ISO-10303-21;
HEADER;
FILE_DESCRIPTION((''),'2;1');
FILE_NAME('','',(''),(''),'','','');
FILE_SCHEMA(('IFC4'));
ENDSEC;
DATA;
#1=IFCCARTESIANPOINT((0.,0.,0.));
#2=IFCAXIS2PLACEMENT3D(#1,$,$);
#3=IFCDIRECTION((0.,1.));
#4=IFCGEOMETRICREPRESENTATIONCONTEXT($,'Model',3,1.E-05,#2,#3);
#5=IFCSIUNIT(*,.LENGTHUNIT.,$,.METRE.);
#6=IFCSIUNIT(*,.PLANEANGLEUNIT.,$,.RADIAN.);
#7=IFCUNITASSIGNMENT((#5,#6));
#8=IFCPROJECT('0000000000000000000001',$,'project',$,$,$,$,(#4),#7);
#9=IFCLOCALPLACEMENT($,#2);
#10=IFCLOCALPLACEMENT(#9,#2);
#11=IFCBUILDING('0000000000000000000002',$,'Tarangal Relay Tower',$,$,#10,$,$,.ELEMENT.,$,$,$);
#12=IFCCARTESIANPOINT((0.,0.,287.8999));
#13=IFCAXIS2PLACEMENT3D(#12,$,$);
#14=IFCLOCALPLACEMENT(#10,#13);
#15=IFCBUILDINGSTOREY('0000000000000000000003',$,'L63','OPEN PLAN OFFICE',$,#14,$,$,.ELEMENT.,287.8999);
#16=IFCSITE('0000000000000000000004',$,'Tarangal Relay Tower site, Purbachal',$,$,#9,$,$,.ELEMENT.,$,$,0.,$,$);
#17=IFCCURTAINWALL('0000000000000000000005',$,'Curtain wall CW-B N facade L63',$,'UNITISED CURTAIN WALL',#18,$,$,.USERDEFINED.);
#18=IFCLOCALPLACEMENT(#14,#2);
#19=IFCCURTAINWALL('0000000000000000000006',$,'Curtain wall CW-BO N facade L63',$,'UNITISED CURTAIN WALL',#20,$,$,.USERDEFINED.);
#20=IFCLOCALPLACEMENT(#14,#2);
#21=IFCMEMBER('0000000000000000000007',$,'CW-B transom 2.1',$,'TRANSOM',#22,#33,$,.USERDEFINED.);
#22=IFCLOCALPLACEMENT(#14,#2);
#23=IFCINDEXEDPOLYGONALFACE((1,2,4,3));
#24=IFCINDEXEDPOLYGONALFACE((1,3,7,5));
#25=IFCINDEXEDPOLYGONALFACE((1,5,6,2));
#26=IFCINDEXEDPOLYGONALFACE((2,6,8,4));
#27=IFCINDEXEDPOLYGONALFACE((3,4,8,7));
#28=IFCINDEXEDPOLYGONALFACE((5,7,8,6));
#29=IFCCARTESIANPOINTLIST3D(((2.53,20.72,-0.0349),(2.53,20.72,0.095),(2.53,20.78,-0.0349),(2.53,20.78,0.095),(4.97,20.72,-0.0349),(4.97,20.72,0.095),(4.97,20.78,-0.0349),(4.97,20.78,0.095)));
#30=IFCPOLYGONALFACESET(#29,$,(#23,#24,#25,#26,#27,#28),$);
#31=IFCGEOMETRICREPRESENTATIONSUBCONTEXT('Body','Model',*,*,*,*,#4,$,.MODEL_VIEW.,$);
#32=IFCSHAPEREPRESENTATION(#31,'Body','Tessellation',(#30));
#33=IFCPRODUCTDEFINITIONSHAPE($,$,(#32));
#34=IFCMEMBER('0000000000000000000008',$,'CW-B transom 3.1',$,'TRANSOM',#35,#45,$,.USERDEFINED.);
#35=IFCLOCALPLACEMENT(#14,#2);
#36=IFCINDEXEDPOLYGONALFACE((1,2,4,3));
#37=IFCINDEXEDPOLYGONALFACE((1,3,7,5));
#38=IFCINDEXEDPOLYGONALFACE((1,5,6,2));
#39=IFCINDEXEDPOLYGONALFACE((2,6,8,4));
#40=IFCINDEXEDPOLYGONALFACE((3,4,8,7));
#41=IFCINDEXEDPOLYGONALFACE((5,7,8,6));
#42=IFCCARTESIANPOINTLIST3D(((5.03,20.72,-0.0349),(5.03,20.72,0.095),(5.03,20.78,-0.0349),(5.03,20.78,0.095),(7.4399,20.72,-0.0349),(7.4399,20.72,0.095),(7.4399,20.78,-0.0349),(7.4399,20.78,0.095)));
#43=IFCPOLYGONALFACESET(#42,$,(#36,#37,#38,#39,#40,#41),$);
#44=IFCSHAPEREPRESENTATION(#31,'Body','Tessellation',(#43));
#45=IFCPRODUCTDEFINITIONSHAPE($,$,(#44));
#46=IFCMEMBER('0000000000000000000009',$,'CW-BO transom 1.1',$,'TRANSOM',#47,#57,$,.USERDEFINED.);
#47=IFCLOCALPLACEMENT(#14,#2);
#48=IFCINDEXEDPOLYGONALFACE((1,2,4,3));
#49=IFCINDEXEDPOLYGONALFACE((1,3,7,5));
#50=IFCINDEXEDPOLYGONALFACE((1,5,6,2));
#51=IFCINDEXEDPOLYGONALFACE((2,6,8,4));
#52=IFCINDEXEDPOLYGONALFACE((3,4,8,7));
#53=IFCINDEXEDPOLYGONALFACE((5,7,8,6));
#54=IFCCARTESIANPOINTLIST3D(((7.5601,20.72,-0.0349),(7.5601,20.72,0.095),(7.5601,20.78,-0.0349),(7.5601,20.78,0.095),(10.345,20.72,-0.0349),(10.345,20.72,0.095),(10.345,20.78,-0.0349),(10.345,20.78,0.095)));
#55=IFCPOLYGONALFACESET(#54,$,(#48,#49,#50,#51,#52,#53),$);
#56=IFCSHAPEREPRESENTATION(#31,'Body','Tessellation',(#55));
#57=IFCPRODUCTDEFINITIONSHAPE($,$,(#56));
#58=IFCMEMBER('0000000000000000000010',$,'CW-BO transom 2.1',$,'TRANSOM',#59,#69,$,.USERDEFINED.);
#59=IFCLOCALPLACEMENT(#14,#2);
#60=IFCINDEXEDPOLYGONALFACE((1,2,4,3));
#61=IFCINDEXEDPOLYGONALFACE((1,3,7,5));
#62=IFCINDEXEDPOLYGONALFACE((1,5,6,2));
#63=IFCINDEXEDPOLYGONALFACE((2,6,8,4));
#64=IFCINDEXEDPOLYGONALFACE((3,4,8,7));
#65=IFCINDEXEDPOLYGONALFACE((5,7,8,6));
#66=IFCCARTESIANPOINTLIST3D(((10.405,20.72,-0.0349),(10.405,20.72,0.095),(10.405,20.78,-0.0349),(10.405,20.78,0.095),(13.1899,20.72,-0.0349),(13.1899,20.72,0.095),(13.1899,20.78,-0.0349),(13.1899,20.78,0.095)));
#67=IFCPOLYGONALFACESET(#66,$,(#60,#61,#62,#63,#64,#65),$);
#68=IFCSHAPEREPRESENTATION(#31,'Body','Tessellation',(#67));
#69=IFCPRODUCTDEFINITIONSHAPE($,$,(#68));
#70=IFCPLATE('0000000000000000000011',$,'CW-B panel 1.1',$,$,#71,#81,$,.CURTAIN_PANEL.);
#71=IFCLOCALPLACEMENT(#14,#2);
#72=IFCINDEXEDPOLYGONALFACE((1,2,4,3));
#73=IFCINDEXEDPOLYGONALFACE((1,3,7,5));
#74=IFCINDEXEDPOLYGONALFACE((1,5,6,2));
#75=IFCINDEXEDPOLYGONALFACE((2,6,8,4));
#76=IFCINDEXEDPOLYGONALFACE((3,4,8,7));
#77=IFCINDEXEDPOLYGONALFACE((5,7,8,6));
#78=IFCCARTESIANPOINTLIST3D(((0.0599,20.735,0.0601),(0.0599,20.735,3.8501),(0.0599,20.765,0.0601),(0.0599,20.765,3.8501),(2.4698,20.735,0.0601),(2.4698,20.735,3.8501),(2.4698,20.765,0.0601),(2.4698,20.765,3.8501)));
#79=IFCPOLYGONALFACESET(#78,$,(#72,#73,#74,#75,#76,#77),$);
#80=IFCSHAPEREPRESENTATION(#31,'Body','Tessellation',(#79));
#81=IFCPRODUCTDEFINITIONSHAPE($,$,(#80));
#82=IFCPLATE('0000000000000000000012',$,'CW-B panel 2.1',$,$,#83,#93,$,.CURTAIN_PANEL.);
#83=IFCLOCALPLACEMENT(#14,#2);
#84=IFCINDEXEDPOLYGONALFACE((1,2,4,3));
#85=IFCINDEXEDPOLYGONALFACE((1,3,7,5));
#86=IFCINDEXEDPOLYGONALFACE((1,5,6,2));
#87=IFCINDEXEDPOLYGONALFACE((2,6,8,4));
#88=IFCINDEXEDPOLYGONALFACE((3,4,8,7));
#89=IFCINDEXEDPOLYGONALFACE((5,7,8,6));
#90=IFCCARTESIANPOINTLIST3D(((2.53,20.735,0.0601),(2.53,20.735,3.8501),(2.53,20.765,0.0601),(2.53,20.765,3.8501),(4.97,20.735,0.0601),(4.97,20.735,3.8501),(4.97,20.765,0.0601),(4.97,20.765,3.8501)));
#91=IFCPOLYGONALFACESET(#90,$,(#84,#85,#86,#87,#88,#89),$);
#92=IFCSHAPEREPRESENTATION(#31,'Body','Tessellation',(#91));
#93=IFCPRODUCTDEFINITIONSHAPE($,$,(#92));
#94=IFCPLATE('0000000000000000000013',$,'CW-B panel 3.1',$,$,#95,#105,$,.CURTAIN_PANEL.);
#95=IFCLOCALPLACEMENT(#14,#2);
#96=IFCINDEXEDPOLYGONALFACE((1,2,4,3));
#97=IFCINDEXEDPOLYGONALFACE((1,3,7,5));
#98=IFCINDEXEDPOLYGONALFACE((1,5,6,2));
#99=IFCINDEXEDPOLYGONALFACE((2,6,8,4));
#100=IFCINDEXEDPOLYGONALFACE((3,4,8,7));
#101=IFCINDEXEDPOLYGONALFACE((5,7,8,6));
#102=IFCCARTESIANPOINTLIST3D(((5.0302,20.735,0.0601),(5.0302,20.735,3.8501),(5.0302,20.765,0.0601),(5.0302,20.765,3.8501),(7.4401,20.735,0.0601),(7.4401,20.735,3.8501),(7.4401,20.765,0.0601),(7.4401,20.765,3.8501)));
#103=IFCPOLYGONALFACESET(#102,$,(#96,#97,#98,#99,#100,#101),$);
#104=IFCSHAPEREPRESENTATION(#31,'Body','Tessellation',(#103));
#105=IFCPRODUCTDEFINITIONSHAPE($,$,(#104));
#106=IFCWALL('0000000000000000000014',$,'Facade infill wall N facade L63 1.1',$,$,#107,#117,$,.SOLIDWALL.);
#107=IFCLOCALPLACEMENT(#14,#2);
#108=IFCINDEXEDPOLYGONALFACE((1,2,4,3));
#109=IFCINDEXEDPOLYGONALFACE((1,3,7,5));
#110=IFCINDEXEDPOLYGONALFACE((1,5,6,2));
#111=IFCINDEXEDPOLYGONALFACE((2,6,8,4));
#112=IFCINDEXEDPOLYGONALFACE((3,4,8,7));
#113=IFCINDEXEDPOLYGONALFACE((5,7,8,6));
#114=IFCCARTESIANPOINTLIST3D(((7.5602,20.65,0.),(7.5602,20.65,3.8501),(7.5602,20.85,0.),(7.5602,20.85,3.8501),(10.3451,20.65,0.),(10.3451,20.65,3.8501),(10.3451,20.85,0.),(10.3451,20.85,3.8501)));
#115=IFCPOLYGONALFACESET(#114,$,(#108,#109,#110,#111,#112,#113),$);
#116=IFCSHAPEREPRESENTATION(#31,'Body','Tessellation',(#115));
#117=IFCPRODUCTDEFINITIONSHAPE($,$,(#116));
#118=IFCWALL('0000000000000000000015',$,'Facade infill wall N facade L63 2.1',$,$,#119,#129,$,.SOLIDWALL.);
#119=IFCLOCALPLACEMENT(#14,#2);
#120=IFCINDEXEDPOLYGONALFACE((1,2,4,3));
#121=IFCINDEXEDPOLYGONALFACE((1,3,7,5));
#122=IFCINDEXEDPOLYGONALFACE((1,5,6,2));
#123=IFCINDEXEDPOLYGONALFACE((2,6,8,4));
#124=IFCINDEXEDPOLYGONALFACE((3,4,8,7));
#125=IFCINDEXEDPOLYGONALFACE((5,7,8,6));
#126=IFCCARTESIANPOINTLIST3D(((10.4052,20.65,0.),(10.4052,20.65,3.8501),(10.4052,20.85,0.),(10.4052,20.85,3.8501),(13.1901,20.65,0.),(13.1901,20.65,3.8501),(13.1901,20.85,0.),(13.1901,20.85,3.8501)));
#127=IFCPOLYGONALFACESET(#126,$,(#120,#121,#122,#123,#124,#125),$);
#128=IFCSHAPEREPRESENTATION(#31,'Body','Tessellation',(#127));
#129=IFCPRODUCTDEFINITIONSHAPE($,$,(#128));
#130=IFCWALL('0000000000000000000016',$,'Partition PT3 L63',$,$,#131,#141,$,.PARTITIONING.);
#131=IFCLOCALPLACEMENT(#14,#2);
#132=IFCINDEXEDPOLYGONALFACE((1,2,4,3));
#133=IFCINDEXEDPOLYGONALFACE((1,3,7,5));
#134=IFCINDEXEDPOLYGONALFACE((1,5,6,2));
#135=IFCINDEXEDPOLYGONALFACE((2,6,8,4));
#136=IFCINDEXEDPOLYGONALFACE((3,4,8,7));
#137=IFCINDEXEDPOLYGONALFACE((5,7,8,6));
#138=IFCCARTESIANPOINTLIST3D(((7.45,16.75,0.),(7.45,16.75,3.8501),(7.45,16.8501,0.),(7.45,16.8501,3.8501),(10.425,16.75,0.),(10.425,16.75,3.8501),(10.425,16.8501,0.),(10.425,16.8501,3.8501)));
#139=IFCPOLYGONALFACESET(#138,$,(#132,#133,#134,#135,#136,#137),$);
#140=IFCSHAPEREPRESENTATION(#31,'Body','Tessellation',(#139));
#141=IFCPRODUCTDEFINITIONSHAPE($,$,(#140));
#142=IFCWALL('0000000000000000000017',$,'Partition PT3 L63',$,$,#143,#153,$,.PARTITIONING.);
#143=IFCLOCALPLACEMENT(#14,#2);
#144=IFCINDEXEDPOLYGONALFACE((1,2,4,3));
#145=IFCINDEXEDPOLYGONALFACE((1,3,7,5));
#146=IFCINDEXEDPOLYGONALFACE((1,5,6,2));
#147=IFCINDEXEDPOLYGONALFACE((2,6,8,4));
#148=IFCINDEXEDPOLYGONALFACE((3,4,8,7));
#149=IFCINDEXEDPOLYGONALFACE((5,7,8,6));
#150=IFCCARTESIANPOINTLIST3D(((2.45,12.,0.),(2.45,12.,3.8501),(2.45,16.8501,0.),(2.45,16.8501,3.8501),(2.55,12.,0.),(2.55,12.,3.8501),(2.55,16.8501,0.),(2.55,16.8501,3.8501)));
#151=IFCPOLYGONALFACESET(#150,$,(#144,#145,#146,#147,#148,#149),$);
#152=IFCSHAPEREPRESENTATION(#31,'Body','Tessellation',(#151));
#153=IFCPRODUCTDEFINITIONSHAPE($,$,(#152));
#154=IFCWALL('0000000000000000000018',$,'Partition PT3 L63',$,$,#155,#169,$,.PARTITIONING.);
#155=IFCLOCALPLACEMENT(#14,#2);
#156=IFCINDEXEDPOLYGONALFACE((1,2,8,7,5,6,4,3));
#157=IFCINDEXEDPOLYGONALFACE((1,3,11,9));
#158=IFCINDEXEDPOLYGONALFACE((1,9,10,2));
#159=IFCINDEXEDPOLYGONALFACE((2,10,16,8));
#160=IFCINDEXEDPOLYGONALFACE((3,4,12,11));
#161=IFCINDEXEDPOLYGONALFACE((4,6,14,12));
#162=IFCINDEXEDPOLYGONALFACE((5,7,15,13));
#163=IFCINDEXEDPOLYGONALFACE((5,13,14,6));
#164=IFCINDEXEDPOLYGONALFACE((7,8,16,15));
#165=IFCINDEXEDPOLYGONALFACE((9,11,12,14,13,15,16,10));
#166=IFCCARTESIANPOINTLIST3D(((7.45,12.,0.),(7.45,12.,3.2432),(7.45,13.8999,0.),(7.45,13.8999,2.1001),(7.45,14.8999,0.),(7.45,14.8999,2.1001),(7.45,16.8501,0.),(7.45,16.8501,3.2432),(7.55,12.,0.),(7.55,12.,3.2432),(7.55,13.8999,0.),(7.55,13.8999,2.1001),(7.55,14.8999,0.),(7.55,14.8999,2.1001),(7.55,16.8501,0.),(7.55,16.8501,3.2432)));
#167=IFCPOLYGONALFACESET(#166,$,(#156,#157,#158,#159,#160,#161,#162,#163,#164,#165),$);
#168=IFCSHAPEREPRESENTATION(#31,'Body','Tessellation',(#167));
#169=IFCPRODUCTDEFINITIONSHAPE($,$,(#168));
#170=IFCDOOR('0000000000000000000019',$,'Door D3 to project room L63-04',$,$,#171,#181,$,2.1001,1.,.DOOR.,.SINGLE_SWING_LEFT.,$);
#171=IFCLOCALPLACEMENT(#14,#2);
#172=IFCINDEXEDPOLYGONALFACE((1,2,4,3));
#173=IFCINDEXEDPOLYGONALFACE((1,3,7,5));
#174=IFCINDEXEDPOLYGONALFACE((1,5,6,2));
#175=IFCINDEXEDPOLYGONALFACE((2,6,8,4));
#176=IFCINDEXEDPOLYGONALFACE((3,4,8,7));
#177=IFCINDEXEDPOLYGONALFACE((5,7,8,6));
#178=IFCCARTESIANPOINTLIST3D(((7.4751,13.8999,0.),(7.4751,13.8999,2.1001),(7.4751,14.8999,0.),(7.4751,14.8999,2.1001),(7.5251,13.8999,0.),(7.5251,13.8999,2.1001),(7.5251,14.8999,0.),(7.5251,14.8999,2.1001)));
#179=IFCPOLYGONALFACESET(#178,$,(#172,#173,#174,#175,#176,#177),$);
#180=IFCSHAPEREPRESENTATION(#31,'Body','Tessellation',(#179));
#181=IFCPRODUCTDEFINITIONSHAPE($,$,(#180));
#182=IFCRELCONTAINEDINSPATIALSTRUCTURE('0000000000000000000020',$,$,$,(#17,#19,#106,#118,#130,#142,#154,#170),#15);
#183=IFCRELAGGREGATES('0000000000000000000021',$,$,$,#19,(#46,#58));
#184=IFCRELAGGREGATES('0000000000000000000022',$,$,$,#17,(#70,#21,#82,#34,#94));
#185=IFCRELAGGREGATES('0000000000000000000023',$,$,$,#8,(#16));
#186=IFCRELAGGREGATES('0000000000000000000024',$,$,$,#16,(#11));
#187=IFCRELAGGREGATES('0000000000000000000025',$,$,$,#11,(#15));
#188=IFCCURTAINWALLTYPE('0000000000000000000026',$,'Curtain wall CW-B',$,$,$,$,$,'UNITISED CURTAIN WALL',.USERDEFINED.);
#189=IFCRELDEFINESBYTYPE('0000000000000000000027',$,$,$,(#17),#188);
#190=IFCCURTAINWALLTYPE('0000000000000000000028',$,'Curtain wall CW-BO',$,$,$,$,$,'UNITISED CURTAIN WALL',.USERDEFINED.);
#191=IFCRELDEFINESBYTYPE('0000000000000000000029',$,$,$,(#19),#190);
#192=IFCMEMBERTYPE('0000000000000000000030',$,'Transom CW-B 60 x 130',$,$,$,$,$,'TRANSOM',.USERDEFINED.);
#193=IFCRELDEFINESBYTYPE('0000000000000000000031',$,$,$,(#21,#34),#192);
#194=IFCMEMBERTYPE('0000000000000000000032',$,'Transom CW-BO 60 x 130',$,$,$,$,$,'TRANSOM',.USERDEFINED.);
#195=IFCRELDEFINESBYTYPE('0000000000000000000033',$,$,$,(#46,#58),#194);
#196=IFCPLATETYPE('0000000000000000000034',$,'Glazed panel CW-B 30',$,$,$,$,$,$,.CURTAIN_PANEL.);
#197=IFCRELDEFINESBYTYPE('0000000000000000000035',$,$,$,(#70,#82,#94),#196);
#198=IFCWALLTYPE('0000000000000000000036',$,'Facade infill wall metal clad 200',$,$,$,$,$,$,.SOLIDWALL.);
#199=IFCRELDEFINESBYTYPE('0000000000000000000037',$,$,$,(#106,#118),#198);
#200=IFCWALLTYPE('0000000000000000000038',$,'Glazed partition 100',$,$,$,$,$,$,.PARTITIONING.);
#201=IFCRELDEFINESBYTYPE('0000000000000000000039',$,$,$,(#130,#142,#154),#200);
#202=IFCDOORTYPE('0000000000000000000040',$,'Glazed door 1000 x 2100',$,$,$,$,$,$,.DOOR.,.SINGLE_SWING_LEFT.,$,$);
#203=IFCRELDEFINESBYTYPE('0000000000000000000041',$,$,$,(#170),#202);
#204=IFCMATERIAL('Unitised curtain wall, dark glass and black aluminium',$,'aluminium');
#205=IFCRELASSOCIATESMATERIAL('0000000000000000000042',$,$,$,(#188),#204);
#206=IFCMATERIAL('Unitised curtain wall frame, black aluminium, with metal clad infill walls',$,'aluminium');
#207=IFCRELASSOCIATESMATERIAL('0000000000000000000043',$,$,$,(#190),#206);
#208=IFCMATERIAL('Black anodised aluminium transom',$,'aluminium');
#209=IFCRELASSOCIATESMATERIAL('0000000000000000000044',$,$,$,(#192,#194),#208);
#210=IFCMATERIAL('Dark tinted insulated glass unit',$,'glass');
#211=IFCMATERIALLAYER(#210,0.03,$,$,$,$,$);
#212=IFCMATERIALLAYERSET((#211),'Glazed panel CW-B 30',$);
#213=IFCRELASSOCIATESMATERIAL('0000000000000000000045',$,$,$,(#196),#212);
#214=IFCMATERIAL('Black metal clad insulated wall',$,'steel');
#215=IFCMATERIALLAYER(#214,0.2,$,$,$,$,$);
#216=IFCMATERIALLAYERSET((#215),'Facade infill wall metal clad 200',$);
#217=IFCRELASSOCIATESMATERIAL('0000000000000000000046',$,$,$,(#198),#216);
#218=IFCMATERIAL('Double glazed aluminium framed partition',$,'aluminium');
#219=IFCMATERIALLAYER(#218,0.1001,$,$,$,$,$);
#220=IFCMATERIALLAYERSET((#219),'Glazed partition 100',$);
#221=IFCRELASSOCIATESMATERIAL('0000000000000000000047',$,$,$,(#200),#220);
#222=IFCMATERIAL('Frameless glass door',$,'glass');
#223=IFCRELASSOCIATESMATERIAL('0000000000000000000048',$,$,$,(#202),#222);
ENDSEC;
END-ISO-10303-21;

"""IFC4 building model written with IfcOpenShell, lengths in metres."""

from ifc_helpers import new_model, si_unit, direction, frame, frame_2d, origin, origin_2d, place, context, subcontext, project, spatial, rectangle, extrude, material, layer, layer_set, material_profile, profile_set, type_object, element, fill, aggregate, save


model = new_model("IFC4")

# Units and contexts
model_context = context("Model", 3, precision=1e-05, world=origin(), true_north=direction((0.0, 1.0)))
body_context = subcontext(model_context, "Body", "Model", "MODEL_VIEW")
ifc_project = project(units=[si_unit("LENGTHUNIT", "METRE"), si_unit("PLANEANGLEUNIT", "RADIAN")], contexts=[model_context])

# Site, building, storey
site_placement = place(None, origin())
site = spatial("IfcSite", under=ifc_project, at=site_placement, Name="Tarangal Relay Tower site, Purbachal", CompositionType="ELEMENT", RefElevation=0.0)
building_placement = place(site_placement, origin())
building = spatial("IfcBuilding", under=site, at=building_placement, Name="Tarangal Relay Tower", CompositionType="ELEMENT")
storey_placement = place(building_placement, frame((0.0, 0.0, 287.8999)))
storey = spatial("IfcBuildingStorey", under=building, at=storey_placement, Name="L63", Description="OPEN PLAN OFFICE", CompositionType="ELEMENT", Elevation=287.8999)

# Curtain walls
ifc_material_1 = material(Name="Unitised curtain wall, dark glass and black aluminium", Category="aluminium")
curtain_wall_type_1 = type_object("IfcCurtainWallType", Name="Curtain wall CW-B", ElementType="UNITISED CURTAIN WALL", PredefinedType="USERDEFINED", material=ifc_material_1)
curtain_wall_1_placement = place(storey_placement, origin())
curtain_wall_1 = element("IfcCurtainWall", 1, at=curtain_wall_1_placement, inside=storey, type_object=curtain_wall_type_1, Name="Curtain wall CW-B N facade L63", ObjectType="UNITISED CURTAIN WALL", PredefinedType="USERDEFINED")
ifc_material_2 = material(Name="Unitised curtain wall frame, black aluminium, with metal clad infill walls", Category="aluminium")
curtain_wall_type_2 = type_object("IfcCurtainWallType", Name="Curtain wall CW-BO", ElementType="UNITISED CURTAIN WALL", PredefinedType="USERDEFINED", material=ifc_material_2)
curtain_wall_2_placement = place(storey_placement, origin())
curtain_wall_2 = element("IfcCurtainWall", 2, at=curtain_wall_2_placement, inside=storey, type_object=curtain_wall_type_2, Name="Curtain wall CW-BO N facade L63", ObjectType="UNITISED CURTAIN WALL", PredefinedType="USERDEFINED")

# Members
ifc_material_3 = material(Name="Black anodised aluminium transom", Category="aluminium")
ifc_material_profile_1 = material_profile(ifc_material_3, rectangle(XDim=0.0601, YDim=0.1299, at=origin_2d()), Name="CW-BT 60X130")
ifc_profile_set_1 = profile_set([ifc_material_profile_1], Name="Black anodised aluminium transom")
member_type_1 = type_object("IfcMemberType", Name="Transom CW-B 60 x 130", ElementType="TRANSOM", PredefinedType="USERDEFINED", material=ifc_profile_set_1)
member_1_placement = place(storey_placement, frame((2.53, 20.75, 0.03), z_axis=(1.0, 0.0, 0.0), x_axis=(0.0, 1.0, 0.0)))
member_1 = element("IfcMember", 3, at=member_1_placement, type_object=member_type_1, Name="CW-B transom 2.1", ObjectType="TRANSOM", PredefinedType="USERDEFINED", context=body_context, shape_type="SweptSolid", body=[
    extrude(rectangle(XDim=0.0601, YDim=0.1299, at=origin_2d()), origin(), (0.0, 0.0, 1.0), 2.4399),
])
member_2_placement = place(storey_placement, frame((5.03, 20.75, 0.03), z_axis=(1.0, 0.0, 0.0), x_axis=(0.0, 1.0, 0.0)))
member_2 = element("IfcMember", 4, at=member_2_placement, type_object=member_type_1, Name="CW-B transom 3.1", ObjectType="TRANSOM", PredefinedType="USERDEFINED", context=body_context, shape_type="SweptSolid", body=[
    extrude(rectangle(XDim=0.0601, YDim=0.1299, at=origin_2d()), origin(), (0.0, 0.0, 1.0), 2.4099),
])
ifc_material_profile_2 = material_profile(ifc_material_3, rectangle(XDim=0.0601, YDim=0.1299, at=origin_2d()), Name="CW-BOT 60X130")
ifc_profile_set_2 = profile_set([ifc_material_profile_2], Name="Black anodised aluminium transom")
member_type_2 = type_object("IfcMemberType", Name="Transom CW-BO 60 x 130", ElementType="TRANSOM", PredefinedType="USERDEFINED", material=ifc_profile_set_2)
member_3_placement = place(storey_placement, frame((7.5601, 20.75, 0.03), z_axis=(1.0, 0.0, 0.0), x_axis=(0.0, 1.0, 0.0)))
member_3 = element("IfcMember", 5, at=member_3_placement, type_object=member_type_2, Name="CW-BO transom 1.1", ObjectType="TRANSOM", PredefinedType="USERDEFINED", context=body_context, shape_type="SweptSolid", body=[
    extrude(rectangle(XDim=0.0601, YDim=0.1299, at=origin_2d()), origin(), (0.0, 0.0, 1.0), 2.7849),
])
member_4_placement = place(storey_placement, frame((10.405, 20.75, 0.03), z_axis=(1.0, 0.0, 0.0), x_axis=(0.0, 1.0, 0.0)))
member_4 = element("IfcMember", 6, at=member_4_placement, type_object=member_type_2, Name="CW-BO transom 2.1", ObjectType="TRANSOM", PredefinedType="USERDEFINED", context=body_context, shape_type="SweptSolid", body=[
    extrude(rectangle(XDim=0.0601, YDim=0.1299, at=origin_2d()), origin(), (0.0, 0.0, 1.0), 2.7849),
])
aggregate(curtain_wall_2, [member_3, member_4])

# Plates
ifc_material_4 = material(Name="Dark tinted insulated glass unit", Category="glass")
ifc_layer_1 = layer(ifc_material_4, 0.03)
ifc_layer_set_1 = layer_set([ifc_layer_1], Name="Glazed panel CW-B 30")
plate_type = type_object("IfcPlateType", Name="Glazed panel CW-B 30", PredefinedType="CURTAIN_PANEL", material=ifc_layer_set_1)
plate_1_placement = place(storey_placement, frame((1.2649, 20.75, 0.0601), z_axis=(0.0, 0.0, 1.0), x_axis=(1.0, 0.0, 0.0)))
plate_1 = element("IfcPlate", 7, at=plate_1_placement, type_object=plate_type, Name="CW-B panel 1.1", PredefinedType="CURTAIN_PANEL", context=body_context, shape_type="SweptSolid", body=[
    extrude(rectangle(XDim=2.4099, YDim=0.03, at=origin_2d()), origin(), (0.0, 0.0, 1.0), 3.79),
])
plate_2_placement = place(storey_placement, frame((3.75, 20.75, 0.0601), z_axis=(0.0, 0.0, 1.0), x_axis=(1.0, 0.0, 0.0)))
plate_2 = element("IfcPlate", 8, at=plate_2_placement, type_object=plate_type, Name="CW-B panel 2.1", PredefinedType="CURTAIN_PANEL", context=body_context, shape_type="SweptSolid", body=[
    extrude(rectangle(XDim=2.4399, YDim=0.03, at=origin_2d()), origin(), (0.0, 0.0, 1.0), 3.79),
])
plate_3_placement = place(storey_placement, frame((6.2351, 20.75, 0.0601), z_axis=(0.0, 0.0, 1.0), x_axis=(1.0, 0.0, 0.0)))
plate_3 = element("IfcPlate", 9, at=plate_3_placement, type_object=plate_type, Name="CW-B panel 3.1", PredefinedType="CURTAIN_PANEL", context=body_context, shape_type="SweptSolid", body=[
    extrude(rectangle(XDim=2.4099, YDim=0.03, at=origin_2d()), origin(), (0.0, 0.0, 1.0), 3.79),
])
aggregate(curtain_wall_1, [plate_1, member_1, plate_2, member_2, plate_3])

# Walls
ifc_material_5 = material(Name="Black metal clad insulated wall", Category="steel")
ifc_layer_2 = layer(ifc_material_5, 0.2)
ifc_layer_set_2 = layer_set([ifc_layer_2], Name="Facade infill wall metal clad 200")
wall_type_1 = type_object("IfcWallType", Name="Facade infill wall metal clad 200", PredefinedType="SOLIDWALL", material=ifc_layer_set_2)
for number, where, z_axis, x_axis, name in (
    (10, (7.5601, 20.75, 0.0), (0.0, 0.0, 1.0), (1.0, 0.0, 0.0), "Facade infill wall N facade L63 1.1"),
    (11, (10.405, 20.75, 0.0), (0.0, 0.0, 1.0), (1.0, 0.0, 0.0), "Facade infill wall N facade L63 2.1"),
):
    element("IfcWall", number, at=place(storey_placement, frame(where, z_axis=z_axis, x_axis=x_axis)), inside=storey, type_object=wall_type_1, Name=name, PredefinedType="SOLIDWALL", context=body_context, shape_type="SweptSolid", body=[
        extrude(rectangle(XDim=2.7849, YDim=0.2, at=frame_2d((1.3926, 0.0))), origin(), (0.0, 0.0, 1.0), 3.8501),
    ])
ifc_material_6 = material(Name="Double glazed aluminium framed partition", Category="aluminium")
ifc_layer_3 = layer(ifc_material_6, 0.1001)
ifc_layer_set_3 = layer_set([ifc_layer_3], Name="Glazed partition 100")
wall_type_2 = type_object("IfcWallType", Name="Glazed partition 100", PredefinedType="PARTITIONING", material=ifc_layer_set_3)
wall_1_placement = place(storey_placement, frame((7.45, 16.8, 0.0), z_axis=(0.0, 0.0, 1.0), x_axis=(1.0, 0.0, 0.0)))
element("IfcWall", 12, at=wall_1_placement, inside=storey, type_object=wall_type_2, Name="Partition PT3 L63", PredefinedType="PARTITIONING", context=body_context, shape_type="SweptSolid", body=[
    extrude(rectangle(XDim=2.9751, YDim=0.1001, at=frame_2d((1.4875, 0.0))), origin(), (0.0, 0.0, 1.0), 3.8501),
])
wall_2_placement = place(storey_placement, frame((2.5, 12.0, 0.0), z_axis=(0.0, 0.0, 1.0), x_axis=(0.0, 1.0, 0.0)))
element("IfcWall", 13, at=wall_2_placement, inside=storey, type_object=wall_type_2, Name="Partition PT3 L63", PredefinedType="PARTITIONING", context=body_context, shape_type="SweptSolid", body=[
    extrude(rectangle(XDim=4.8501, YDim=0.1001, at=frame_2d((2.425, 0.0))), origin(), (0.0, 0.0, 1.0), 3.8501),
])

# Wall, opening, door
wall_3_placement = place(storey_placement, frame((7.5, 12.0, 0.0), z_axis=(0.0, 0.0, 1.0), x_axis=(0.0, 1.0, 0.0)))
wall_3 = element("IfcWall", 14, at=wall_3_placement, inside=storey, type_object=wall_type_2, Name="Partition PT3 L63", PredefinedType="PARTITIONING", context=body_context, shape_type="SweptSolid", body=[
    extrude(rectangle(XDim=4.8501, YDim=0.1001, at=frame_2d((2.425, 0.0))), origin(), (0.0, 0.0, 1.0), 3.2432),
])
opening_placement = place(wall_3_placement, frame((1.8999, 0.0, 0.0)))
opening = element("IfcOpeningElement", 15, at=opening_placement, cuts=wall_3, PredefinedType="OPENING", context=body_context, shape_type="SweptSolid", body=[
    extrude(rectangle(XDim=1.0, YDim=2.1001, at=frame_2d((0.5, 1.05))), frame((0.0, 0.0601, 0.0), z_axis=(0.0, -1.0, 0.0), x_axis=(1.0, 0.0, 0.0)), (0.0, 0.0, 1.0), 0.1201),
])
ifc_material_7 = material(Name="Frameless glass door", Category="glass")
door_type = type_object("IfcDoorType", Name="Glazed door 1000 x 2100", OperationType="SINGLE_SWING_LEFT", PredefinedType="DOOR", material=ifc_material_7)
door_placement = place(opening_placement, origin())
door = element("IfcDoor", 16, at=door_placement, inside=storey, type_object=door_type, Name="Door D3 to project room L63-04", OperationType="SINGLE_SWING_LEFT", OverallHeight=2.1001, OverallWidth=1.0, PredefinedType="DOOR", context=body_context, shape_type="SweptSolid", body=[
    extrude(rectangle(XDim=1.0, YDim=2.1001, at=frame_2d((0.5, 1.05))), frame((0.0, 0.0249, 0.0), z_axis=(0.0, -1.0, 0.0), x_axis=(1.0, 0.0, 0.0)), (0.0, 0.0, 1.0), 0.05),
])
fill(opening, door)

save(model, "model.ifc")
